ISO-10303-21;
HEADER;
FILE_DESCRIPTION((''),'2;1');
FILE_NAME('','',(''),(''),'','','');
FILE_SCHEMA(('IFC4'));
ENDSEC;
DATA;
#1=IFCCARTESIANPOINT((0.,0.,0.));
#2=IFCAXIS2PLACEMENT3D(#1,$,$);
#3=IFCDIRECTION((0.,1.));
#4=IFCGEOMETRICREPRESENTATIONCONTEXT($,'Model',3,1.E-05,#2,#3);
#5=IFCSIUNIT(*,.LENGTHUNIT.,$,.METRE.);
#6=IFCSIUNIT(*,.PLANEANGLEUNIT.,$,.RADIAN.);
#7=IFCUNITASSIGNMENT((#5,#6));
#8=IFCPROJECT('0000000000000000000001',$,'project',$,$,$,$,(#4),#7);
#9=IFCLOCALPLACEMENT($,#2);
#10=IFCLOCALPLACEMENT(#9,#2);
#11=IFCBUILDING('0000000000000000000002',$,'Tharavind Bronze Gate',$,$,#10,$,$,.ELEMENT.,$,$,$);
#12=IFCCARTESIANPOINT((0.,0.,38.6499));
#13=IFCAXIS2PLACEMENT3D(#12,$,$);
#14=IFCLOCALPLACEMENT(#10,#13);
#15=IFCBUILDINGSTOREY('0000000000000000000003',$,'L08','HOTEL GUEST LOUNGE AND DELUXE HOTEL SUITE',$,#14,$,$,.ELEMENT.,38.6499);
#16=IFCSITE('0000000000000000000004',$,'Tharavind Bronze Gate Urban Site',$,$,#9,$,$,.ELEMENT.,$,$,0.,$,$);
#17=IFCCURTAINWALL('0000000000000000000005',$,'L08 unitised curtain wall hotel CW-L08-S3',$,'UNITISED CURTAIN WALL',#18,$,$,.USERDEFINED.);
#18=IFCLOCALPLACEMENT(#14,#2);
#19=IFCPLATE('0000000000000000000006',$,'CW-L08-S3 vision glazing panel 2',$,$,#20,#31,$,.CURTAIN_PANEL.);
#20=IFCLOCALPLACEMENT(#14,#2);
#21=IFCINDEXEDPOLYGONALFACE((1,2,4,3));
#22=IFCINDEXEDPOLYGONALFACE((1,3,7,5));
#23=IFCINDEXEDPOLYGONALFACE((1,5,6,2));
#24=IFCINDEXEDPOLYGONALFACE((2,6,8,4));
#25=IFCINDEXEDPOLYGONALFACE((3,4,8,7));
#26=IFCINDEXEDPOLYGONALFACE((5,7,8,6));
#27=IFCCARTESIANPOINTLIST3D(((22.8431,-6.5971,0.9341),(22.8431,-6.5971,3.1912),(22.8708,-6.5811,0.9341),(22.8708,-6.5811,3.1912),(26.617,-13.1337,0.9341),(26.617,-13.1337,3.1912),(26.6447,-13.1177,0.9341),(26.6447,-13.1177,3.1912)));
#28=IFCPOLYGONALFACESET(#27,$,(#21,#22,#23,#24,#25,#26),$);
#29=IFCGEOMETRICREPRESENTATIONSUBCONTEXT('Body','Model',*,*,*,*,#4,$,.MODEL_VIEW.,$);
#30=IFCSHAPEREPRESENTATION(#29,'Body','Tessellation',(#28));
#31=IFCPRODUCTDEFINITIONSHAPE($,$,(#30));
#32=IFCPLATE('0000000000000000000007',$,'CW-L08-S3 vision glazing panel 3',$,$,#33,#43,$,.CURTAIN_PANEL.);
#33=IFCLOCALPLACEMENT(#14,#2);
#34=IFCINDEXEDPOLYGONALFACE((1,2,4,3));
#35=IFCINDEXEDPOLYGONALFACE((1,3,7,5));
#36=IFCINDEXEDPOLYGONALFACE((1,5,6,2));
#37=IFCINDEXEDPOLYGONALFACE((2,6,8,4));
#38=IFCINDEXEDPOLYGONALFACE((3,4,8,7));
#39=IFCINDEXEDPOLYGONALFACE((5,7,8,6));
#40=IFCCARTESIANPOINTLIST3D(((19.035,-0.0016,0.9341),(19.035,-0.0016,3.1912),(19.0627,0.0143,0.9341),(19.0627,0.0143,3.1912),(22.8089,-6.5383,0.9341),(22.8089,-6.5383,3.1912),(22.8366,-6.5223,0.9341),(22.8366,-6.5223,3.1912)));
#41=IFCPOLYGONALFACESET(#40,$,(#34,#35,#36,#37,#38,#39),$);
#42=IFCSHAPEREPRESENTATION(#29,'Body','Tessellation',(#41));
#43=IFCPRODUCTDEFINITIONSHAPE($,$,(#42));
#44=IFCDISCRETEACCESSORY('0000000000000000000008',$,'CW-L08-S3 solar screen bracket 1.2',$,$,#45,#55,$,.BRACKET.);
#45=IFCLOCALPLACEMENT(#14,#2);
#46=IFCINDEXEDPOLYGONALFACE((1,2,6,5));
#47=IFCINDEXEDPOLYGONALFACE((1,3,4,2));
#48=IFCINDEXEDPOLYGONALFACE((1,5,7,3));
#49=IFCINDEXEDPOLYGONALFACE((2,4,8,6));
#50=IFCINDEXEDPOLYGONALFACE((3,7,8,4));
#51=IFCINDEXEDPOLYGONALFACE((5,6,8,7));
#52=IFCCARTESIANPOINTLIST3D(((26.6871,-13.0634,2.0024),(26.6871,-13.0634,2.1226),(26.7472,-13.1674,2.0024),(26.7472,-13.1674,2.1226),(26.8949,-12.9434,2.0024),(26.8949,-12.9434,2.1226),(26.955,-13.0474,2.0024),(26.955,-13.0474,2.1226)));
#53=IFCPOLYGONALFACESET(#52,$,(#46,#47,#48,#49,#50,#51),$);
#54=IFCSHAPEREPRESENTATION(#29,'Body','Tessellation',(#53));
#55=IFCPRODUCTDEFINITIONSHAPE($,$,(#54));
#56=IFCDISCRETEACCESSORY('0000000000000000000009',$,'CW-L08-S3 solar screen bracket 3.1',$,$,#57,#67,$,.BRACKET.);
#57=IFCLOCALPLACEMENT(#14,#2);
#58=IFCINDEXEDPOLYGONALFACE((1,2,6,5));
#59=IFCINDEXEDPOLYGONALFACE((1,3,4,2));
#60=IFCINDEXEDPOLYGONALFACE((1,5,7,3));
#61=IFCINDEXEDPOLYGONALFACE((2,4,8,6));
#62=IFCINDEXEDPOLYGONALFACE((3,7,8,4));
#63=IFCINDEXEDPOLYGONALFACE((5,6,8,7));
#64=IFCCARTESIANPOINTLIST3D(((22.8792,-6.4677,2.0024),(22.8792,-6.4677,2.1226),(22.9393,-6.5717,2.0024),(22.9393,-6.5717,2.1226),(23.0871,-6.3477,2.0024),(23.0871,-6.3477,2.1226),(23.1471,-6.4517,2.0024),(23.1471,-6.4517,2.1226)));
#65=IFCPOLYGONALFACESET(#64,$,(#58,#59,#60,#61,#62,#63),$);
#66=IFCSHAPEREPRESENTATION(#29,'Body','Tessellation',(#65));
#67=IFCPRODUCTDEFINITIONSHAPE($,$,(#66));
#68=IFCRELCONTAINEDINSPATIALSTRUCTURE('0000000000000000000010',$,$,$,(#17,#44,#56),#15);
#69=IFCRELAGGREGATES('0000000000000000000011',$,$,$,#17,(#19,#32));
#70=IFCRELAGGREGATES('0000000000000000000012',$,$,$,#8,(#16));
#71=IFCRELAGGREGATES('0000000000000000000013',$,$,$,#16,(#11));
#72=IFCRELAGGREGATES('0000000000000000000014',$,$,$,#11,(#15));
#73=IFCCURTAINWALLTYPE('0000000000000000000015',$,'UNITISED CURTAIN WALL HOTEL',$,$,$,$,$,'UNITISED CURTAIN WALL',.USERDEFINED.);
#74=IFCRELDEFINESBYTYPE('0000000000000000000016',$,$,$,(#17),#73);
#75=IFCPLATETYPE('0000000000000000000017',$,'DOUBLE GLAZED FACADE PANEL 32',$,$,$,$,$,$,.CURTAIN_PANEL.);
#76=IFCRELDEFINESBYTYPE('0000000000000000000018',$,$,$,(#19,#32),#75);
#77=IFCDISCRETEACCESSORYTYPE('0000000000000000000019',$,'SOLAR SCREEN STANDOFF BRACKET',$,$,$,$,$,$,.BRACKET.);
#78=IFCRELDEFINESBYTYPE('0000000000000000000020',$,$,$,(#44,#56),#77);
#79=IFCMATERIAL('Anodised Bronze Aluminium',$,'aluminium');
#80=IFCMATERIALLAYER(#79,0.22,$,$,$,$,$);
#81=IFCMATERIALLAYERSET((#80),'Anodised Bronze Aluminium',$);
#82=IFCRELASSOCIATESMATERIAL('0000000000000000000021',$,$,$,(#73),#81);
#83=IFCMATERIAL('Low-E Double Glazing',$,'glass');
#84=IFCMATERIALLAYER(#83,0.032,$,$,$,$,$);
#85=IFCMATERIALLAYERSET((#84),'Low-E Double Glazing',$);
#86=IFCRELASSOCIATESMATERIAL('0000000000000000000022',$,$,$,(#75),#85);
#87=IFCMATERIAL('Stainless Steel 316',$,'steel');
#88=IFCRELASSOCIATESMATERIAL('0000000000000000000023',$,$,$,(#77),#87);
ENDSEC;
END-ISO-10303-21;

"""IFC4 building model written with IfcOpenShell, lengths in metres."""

from ifc_helpers import new_model, si_unit, direction, frame, origin, origin_2d, place, context, subcontext, project, spatial, rectangle, extrude, material, layer, layer_set, type_object, element, aggregate, save


model = new_model("IFC4")

# Units and contexts
model_context = context("Model", 3, precision=1e-05, world=origin(), true_north=direction((0.0, 1.0)))
body_context = subcontext(model_context, "Body", "Model", "MODEL_VIEW")
ifc_project = project(units=[si_unit("LENGTHUNIT", "METRE"), si_unit("PLANEANGLEUNIT", "RADIAN")], contexts=[model_context])

# Site, building, storey
site_placement = place(None, origin())
site = spatial("IfcSite", under=ifc_project, at=site_placement, Name="Tharavind Bronze Gate Urban Site", CompositionType="ELEMENT", RefElevation=0.0)
building_placement = place(site_placement, origin())
building = spatial("IfcBuilding", under=site, at=building_placement, Name="Tharavind Bronze Gate", CompositionType="ELEMENT")
storey_placement = place(building_placement, frame((0.0, 0.0, 38.6499)))
storey = spatial("IfcBuildingStorey", under=building, at=storey_placement, Name="L08", Description="HOTEL GUEST LOUNGE AND DELUXE HOTEL SUITE", CompositionType="ELEMENT", Elevation=38.6499)

# Curtain wall
ifc_material_1 = material(Name="Anodised Bronze Aluminium", Category="aluminium")
ifc_layer_1 = layer(ifc_material_1, 0.22)
ifc_layer_set_1 = layer_set([ifc_layer_1], Name="Anodised Bronze Aluminium")
curtain_wall_type = type_object("IfcCurtainWallType", Name="UNITISED CURTAIN WALL HOTEL", ElementType="UNITISED CURTAIN WALL", PredefinedType="USERDEFINED", material=ifc_layer_set_1)
curtain_wall_placement = place(storey_placement, origin())
curtain_wall = element("IfcCurtainWall", 1, at=curtain_wall_placement, inside=storey, type_object=curtain_wall_type, Name="L08 unitised curtain wall hotel CW-L08-S3", ObjectType="UNITISED CURTAIN WALL", PredefinedType="USERDEFINED")

# Plates
ifc_material_2 = material(Name="Low-E Double Glazing", Category="glass")
ifc_layer_2 = layer(ifc_material_2, 0.032)
ifc_layer_set_2 = layer_set([ifc_layer_2], Name="Low-E Double Glazing")
plate_type_1 = type_object("IfcPlateType", Name="DOUBLE GLAZED FACADE PANEL 32", PredefinedType="CURTAIN_PANEL", material=ifc_layer_set_2)
plate_1_placement = place(storey_placement, frame((24.7439, -9.8574, 0.9341), z_axis=(0.0, 0.0, 1.0), x_axis=(-0.500002, 0.866025, 0.0)))
plate_1 = element("IfcPlate", 2, at=plate_1_placement, type_object=plate_type_1, Name="CW-L08-S3 vision glazing panel 2", PredefinedType="CURTAIN_PANEL", context=body_context, shape_type="SweptSolid", body=[
    extrude(rectangle(XDim=7.5479, YDim=0.032, at=origin_2d()), origin(), (0.0, 0.0, 1.0), 2.2571),
])
plate_2_placement = place(storey_placement, frame((20.9358, -3.262, 0.9341), z_axis=(0.0, 0.0, 1.0), x_axis=(-0.500002, 0.866025, 0.0)))
plate_2 = element("IfcPlate", 3, at=plate_2_placement, type_object=plate_type_1, Name="CW-L08-S3 vision glazing panel 3", PredefinedType="CURTAIN_PANEL", context=body_context, shape_type="SweptSolid", body=[
    extrude(rectangle(XDim=7.5479, YDim=0.032, at=origin_2d()), origin(), (0.0, 0.0, 1.0), 2.2571),
])
aggregate(curtain_wall, [plate_1, plate_2])

# Discrete accessories
ifc_material_3 = material(Name="Stainless Steel 316", Category="steel")
discrete_accessory_type = type_object("IfcDiscreteAccessoryType", Name="SOLAR SCREEN STANDOFF BRACKET", PredefinedType="BRACKET", material=ifc_material_3)
for number, where, z_axis, x_axis, name in (
    (4, (26.821, -13.0554, 2.0024), (0.0, 0.0, 1.0), (-0.500002, 0.866025, 0.0), "CW-L08-S3 solar screen bracket 1.2"),
    (5, (23.0132, -6.4597, 2.0024), (0.0, 0.0, 1.0), (-0.500002, 0.866025, 0.0), "CW-L08-S3 solar screen bracket 3.1"),
):
    element("IfcDiscreteAccessory", number, at=place(storey_placement, frame(where, z_axis=z_axis, x_axis=x_axis)), inside=storey, type_object=discrete_accessory_type, Name=name, PredefinedType="BRACKET", context=body_context, shape_type="SweptSolid", body=[
        extrude(rectangle(XDim=0.1201, YDim=0.24, at=origin_2d()), origin(), (0.0, 0.0, 1.0), 0.1201),
    ])

save(model, "model.ifc")
